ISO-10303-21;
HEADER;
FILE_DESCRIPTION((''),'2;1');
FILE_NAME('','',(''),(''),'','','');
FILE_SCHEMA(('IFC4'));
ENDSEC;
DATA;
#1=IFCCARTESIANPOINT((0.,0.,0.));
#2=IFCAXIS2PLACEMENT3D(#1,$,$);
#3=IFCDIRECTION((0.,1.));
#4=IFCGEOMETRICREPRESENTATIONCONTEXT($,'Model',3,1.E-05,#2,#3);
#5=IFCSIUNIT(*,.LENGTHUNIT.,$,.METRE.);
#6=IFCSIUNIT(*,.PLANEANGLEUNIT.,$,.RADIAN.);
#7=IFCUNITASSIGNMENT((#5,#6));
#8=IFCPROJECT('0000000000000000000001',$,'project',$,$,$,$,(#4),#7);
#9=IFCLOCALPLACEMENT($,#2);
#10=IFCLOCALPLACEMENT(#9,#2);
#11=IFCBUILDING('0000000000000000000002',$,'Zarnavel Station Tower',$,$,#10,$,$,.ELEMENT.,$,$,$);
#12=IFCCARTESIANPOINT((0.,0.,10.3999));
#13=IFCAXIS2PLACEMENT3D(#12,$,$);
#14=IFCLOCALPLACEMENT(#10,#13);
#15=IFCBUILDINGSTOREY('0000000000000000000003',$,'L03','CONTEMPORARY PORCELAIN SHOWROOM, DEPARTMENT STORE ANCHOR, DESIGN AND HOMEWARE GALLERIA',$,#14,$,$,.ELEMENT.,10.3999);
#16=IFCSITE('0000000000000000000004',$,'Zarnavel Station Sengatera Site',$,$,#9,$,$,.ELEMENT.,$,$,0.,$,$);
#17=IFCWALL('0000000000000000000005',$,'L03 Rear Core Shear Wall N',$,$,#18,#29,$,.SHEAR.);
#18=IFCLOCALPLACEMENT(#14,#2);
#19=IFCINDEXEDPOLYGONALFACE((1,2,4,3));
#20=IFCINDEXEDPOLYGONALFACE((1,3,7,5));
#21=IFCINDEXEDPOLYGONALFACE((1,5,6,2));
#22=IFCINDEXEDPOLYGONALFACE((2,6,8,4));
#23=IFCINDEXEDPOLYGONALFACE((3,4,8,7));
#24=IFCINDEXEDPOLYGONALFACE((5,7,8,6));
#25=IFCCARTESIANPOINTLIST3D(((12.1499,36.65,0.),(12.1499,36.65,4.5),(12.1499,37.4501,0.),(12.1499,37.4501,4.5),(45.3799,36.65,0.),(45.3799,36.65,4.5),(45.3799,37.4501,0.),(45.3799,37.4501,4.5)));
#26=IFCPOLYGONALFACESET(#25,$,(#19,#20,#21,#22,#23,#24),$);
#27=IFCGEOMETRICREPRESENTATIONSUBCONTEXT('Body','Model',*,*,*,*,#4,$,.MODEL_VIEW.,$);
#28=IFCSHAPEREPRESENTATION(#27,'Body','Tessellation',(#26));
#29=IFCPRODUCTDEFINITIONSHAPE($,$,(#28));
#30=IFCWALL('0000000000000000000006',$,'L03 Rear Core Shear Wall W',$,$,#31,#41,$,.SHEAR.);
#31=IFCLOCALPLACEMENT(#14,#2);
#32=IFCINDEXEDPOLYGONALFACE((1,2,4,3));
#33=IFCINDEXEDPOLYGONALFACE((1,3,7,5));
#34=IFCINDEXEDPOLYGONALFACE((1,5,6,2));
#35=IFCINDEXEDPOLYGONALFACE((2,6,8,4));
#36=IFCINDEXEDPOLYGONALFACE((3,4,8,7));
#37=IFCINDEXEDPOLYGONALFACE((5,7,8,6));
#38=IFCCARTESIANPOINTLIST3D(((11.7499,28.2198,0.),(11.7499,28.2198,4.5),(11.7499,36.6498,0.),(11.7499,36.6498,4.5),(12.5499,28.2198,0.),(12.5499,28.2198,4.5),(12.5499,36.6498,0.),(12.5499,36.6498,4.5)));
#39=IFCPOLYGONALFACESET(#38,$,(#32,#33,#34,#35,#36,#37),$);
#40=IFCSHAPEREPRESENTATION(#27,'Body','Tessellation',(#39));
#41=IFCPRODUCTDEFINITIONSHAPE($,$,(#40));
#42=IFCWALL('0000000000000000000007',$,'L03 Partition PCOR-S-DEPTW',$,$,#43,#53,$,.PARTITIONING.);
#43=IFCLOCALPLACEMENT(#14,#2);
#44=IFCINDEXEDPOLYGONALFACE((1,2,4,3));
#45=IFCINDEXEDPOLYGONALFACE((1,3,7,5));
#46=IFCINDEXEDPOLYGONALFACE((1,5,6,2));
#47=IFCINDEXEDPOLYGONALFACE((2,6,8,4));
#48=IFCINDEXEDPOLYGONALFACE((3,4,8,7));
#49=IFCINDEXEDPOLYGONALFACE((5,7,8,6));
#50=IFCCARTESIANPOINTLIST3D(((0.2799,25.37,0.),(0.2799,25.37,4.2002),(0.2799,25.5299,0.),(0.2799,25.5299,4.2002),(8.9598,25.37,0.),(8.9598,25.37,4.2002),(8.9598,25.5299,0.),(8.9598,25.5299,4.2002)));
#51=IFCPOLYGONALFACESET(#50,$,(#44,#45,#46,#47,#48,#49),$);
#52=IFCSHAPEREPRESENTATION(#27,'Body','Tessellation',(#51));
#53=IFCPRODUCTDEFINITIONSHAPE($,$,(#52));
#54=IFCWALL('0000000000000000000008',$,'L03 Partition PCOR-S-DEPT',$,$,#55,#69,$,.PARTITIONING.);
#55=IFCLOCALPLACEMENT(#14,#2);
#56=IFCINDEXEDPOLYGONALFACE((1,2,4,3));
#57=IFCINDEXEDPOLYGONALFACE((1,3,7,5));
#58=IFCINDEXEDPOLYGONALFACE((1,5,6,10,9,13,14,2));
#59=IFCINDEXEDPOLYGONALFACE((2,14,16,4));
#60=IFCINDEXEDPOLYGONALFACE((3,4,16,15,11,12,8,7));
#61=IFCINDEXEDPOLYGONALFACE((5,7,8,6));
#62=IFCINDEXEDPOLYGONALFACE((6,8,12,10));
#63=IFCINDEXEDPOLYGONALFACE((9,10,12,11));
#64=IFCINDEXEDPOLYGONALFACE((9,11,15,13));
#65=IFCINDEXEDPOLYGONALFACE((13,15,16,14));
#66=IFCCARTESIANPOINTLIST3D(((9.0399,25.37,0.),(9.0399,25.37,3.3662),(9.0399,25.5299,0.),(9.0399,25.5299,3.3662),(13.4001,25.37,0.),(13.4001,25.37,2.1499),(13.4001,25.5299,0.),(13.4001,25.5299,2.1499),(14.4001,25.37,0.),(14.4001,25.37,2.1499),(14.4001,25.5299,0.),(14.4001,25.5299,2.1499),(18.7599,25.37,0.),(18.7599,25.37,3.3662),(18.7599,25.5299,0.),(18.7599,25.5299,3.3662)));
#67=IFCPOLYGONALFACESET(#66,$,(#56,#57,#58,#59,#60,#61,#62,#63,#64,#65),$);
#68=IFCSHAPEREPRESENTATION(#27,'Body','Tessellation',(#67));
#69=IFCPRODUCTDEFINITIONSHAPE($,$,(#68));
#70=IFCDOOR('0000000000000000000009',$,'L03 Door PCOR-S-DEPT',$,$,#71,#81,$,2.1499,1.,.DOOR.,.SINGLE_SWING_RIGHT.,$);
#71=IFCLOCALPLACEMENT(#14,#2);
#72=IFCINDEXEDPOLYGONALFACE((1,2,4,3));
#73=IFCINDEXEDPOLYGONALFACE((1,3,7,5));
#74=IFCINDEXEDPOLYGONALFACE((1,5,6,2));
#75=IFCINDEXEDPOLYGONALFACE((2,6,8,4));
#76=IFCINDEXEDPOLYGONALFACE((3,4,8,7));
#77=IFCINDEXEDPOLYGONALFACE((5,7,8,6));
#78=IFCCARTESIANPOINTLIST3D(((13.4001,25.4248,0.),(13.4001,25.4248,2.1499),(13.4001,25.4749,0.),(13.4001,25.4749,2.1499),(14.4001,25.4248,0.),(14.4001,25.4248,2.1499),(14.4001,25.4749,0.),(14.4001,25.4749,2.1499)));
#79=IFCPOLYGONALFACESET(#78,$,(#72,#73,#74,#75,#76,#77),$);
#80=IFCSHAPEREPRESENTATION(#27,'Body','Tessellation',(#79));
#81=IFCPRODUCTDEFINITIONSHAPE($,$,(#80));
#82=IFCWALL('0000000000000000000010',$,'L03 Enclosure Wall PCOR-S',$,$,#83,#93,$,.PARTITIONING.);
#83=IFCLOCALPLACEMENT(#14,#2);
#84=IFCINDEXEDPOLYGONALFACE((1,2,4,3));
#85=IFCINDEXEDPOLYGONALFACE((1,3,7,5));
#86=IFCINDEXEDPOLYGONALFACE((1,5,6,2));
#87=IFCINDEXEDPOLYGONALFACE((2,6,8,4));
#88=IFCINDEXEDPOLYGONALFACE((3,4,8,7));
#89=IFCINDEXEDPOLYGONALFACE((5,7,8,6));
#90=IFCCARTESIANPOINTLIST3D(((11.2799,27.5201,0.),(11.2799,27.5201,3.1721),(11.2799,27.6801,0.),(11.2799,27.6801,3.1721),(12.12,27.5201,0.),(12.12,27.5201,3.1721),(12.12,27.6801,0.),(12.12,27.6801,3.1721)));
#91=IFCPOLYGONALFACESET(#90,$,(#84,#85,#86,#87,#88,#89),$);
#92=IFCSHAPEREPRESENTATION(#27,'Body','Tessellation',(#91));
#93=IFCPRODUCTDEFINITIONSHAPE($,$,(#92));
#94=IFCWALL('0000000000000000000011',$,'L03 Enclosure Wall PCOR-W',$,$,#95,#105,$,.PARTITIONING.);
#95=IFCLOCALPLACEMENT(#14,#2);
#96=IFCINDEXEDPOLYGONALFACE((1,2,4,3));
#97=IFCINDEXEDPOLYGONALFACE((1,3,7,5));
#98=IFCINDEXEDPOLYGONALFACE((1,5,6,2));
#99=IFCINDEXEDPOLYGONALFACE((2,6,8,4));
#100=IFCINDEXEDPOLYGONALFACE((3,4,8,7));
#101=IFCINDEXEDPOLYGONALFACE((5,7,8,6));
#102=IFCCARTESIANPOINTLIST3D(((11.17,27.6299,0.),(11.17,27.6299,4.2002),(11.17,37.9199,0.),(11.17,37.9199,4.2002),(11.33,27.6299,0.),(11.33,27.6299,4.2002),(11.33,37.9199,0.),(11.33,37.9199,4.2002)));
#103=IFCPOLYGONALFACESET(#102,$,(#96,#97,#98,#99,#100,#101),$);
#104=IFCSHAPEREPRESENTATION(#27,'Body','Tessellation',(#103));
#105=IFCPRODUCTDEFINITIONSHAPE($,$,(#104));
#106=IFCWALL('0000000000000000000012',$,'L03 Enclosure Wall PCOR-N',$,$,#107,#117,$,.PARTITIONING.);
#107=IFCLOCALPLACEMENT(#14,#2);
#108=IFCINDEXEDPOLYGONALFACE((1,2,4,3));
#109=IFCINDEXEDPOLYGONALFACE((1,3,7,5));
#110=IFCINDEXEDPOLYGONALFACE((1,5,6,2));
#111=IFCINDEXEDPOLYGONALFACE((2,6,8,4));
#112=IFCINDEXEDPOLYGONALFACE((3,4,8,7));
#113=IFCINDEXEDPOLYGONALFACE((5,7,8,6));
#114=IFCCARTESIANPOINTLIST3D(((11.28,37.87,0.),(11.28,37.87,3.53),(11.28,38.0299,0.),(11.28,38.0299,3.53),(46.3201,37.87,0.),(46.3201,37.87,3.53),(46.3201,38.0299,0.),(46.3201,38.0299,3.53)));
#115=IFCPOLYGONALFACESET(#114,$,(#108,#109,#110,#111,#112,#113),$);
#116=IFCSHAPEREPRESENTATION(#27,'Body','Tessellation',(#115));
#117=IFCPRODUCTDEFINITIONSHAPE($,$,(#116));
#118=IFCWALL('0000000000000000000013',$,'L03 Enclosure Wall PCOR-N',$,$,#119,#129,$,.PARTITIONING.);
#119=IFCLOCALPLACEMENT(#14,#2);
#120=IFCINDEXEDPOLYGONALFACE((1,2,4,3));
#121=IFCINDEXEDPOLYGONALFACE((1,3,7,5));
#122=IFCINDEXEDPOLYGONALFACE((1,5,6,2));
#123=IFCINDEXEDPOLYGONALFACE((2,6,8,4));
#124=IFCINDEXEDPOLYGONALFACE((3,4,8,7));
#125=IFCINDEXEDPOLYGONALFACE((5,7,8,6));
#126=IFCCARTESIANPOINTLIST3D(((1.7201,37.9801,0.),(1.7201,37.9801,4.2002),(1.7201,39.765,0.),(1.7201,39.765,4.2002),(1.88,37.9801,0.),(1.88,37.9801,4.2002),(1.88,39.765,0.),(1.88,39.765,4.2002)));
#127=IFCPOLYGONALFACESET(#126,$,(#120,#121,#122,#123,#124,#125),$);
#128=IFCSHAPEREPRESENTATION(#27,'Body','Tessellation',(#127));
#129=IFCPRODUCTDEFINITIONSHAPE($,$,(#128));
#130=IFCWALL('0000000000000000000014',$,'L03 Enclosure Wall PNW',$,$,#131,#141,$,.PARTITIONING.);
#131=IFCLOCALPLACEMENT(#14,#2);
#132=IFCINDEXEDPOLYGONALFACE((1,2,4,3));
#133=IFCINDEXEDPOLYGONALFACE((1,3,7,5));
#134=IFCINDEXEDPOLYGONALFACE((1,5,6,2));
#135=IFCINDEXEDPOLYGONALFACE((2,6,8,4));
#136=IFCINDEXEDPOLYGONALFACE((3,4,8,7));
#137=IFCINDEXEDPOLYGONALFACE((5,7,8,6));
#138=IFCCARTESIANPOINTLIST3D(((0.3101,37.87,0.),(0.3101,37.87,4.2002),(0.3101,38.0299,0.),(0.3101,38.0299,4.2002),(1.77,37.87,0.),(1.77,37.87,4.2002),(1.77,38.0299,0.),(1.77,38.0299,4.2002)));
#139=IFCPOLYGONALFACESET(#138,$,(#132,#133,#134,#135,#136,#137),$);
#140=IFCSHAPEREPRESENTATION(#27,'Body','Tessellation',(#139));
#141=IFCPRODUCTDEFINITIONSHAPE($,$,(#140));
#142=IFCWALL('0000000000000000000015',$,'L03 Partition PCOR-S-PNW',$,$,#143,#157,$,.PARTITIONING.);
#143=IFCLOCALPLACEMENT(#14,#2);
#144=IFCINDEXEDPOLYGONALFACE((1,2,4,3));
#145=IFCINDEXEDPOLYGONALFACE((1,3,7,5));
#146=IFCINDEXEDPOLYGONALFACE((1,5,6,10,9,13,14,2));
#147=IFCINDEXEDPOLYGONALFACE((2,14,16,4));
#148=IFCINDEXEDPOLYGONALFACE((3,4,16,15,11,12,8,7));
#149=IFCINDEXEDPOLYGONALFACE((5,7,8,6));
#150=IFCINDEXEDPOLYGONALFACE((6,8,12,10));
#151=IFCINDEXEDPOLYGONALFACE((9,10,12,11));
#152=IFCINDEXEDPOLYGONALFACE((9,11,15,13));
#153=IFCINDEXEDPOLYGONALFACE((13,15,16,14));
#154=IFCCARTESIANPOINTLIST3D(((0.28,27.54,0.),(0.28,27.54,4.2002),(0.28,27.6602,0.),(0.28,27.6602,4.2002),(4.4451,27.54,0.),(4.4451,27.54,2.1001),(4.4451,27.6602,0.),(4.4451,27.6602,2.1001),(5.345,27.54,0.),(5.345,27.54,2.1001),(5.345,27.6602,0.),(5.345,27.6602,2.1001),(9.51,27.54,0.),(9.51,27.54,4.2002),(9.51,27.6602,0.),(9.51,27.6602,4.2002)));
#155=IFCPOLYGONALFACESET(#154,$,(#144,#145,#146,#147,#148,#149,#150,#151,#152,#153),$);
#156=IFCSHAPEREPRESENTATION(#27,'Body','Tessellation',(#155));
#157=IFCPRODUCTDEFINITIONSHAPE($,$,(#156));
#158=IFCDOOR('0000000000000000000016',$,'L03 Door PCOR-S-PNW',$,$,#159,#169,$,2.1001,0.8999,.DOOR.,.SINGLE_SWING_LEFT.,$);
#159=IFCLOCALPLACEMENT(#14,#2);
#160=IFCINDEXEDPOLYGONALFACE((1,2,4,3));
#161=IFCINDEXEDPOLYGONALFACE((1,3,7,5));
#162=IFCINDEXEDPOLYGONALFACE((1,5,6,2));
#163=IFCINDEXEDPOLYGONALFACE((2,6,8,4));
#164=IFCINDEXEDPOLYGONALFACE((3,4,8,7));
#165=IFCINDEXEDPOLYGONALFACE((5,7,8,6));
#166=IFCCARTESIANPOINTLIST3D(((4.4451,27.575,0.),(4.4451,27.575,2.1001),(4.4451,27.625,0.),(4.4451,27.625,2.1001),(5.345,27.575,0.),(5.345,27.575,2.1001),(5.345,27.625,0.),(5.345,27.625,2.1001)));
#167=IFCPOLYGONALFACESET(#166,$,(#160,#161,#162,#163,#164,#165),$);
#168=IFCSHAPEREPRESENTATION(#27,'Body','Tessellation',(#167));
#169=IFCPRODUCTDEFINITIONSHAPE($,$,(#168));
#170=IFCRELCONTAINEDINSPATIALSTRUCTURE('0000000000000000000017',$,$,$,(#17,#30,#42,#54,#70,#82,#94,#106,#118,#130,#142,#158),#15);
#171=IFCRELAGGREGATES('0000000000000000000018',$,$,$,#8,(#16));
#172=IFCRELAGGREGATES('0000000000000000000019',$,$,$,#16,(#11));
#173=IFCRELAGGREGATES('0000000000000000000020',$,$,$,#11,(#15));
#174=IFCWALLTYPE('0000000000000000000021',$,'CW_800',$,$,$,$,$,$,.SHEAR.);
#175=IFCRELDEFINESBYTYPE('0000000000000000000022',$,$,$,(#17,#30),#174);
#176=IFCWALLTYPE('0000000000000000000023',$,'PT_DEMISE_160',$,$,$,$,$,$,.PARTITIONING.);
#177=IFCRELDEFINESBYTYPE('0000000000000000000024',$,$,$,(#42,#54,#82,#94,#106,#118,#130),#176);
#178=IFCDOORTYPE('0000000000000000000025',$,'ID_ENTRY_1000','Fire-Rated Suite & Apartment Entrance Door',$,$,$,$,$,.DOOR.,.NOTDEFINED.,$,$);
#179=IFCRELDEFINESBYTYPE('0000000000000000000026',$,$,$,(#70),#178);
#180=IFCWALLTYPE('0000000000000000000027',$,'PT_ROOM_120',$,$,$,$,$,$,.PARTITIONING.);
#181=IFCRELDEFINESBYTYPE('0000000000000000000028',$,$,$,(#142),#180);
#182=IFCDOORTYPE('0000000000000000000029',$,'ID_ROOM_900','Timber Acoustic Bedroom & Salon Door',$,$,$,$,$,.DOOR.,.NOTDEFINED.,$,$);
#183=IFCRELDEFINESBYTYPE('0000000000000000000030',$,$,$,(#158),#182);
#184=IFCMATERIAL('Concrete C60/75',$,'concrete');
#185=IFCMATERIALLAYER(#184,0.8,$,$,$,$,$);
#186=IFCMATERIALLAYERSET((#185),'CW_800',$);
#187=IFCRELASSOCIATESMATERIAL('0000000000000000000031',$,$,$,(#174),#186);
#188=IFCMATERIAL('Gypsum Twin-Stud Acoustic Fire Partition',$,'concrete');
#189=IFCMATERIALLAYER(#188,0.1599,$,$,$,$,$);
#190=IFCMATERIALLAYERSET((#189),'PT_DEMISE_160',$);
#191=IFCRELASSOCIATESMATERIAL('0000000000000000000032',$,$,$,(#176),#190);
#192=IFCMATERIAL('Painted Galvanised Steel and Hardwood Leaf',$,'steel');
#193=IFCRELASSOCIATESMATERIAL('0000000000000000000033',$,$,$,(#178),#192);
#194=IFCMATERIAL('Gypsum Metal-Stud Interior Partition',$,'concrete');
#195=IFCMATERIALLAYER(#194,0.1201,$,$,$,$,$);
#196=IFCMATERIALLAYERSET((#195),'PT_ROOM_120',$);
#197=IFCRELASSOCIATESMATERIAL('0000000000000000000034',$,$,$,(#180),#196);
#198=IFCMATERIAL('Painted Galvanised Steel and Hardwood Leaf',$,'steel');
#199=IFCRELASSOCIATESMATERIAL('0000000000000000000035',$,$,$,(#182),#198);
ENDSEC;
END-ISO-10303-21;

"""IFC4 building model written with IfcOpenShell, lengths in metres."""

from ifc_helpers import new_model, si_unit, direction, frame, frame_2d, origin, place, context, subcontext, project, spatial, rectangle, extrude, material, layer, layer_set, type_object, element, fill, save


model = new_model("IFC4")

# Units and contexts
model_context = context("Model", 3, precision=1e-05, world=origin(), true_north=direction((0.0, 1.0)))
body_context = subcontext(model_context, "Body", "Model", "MODEL_VIEW")
ifc_project = project(units=[si_unit("LENGTHUNIT", "METRE"), si_unit("PLANEANGLEUNIT", "RADIAN")], contexts=[model_context])

# Site, building, storey
site_placement = place(None, origin())
site = spatial("IfcSite", under=ifc_project, at=site_placement, Name="Zarnavel Station Sengatera Site", CompositionType="ELEMENT", RefElevation=0.0)
building_placement = place(site_placement, origin())
building = spatial("IfcBuilding", under=site, at=building_placement, Name="Zarnavel Station Tower", CompositionType="ELEMENT")
storey_placement = place(building_placement, frame((0.0, 0.0, 10.3999)))
storey = spatial("IfcBuildingStorey", under=building, at=storey_placement, Name="L03", Description="CONTEMPORARY PORCELAIN SHOWROOM, DEPARTMENT STORE ANCHOR, DESIGN AND HOMEWARE GALLERIA", CompositionType="ELEMENT", Elevation=10.3999)

# Walls
ifc_material_1 = material(Name="Concrete C60/75", Category="concrete")
ifc_layer_1 = layer(ifc_material_1, 0.8)
ifc_layer_set_1 = layer_set([ifc_layer_1], Name="CW_800")
wall_type_1 = type_object("IfcWallType", Name="CW_800", PredefinedType="SHEAR", material=ifc_layer_set_1)
wall_1_placement = place(storey_placement, frame((12.1499, 37.05, 0.0), z_axis=(0.0, 0.0, 1.0), x_axis=(1.0, 0.0, 0.0)))
element("IfcWall", 1, at=wall_1_placement, inside=storey, type_object=wall_type_1, Name="L03 Rear Core Shear Wall N", PredefinedType="SHEAR", context=body_context, shape_type="SweptSolid", body=[
    extrude(rectangle(XDim=33.23, YDim=0.8, at=frame_2d((16.615, 0.0))), origin(), (0.0, 0.0, 1.0), 4.5),
])
wall_2_placement = place(storey_placement, frame((12.1499, 28.22, 0.0), z_axis=(0.0, 0.0, 1.0), x_axis=(0.0, 1.0, 0.0)))
element("IfcWall", 2, at=wall_2_placement, inside=storey, type_object=wall_type_1, Name="L03 Rear Core Shear Wall W", PredefinedType="SHEAR", context=body_context, shape_type="SweptSolid", body=[
    extrude(rectangle(XDim=8.4299, YDim=0.8, at=frame_2d((4.2148, 0.0))), origin(), (0.0, 0.0, 1.0), 4.5),
])
ifc_material_2 = material(Name="Gypsum Twin-Stud Acoustic Fire Partition", Category="concrete")
ifc_layer_2 = layer(ifc_material_2, 0.1599)
ifc_layer_set_2 = layer_set([ifc_layer_2], Name="PT_DEMISE_160")
wall_type_2 = type_object("IfcWallType", Name="PT_DEMISE_160", PredefinedType="PARTITIONING", material=ifc_layer_set_2)
wall_3_placement = place(storey_placement, frame((0.28, 25.45, 0.0), z_axis=(0.0, 0.0, 1.0), x_axis=(1.0, 0.0, 0.0)))
element("IfcWall", 3, at=wall_3_placement, inside=storey, type_object=wall_type_2, Name="L03 Partition PCOR-S-DEPTW", PredefinedType="PARTITIONING", context=body_context, shape_type="SweptSolid", body=[
    extrude(rectangle(XDim=8.6799, YDim=0.1599, at=frame_2d((4.3398, 0.0))), origin(), (0.0, 0.0, 1.0), 4.2002),
])

# Wall, opening, door
wall_4_placement = place(storey_placement, frame((9.04, 25.45, 0.0), z_axis=(0.0, 0.0, 1.0), x_axis=(1.0, 0.0, 0.0)))
wall_4 = element("IfcWall", 4, at=wall_4_placement, inside=storey, type_object=wall_type_2, Name="L03 Partition PCOR-S-DEPT", PredefinedType="PARTITIONING", context=body_context, shape_type="SweptSolid", body=[
    extrude(rectangle(XDim=9.72, YDim=0.1599, at=frame_2d((4.8599, 0.0))), origin(), (0.0, 0.0, 1.0), 3.3662),
])
opening_1_placement = place(wall_4_placement, frame((4.3601, 0.0, 0.0)))
opening_1 = element("IfcOpeningElement", 5, at=opening_1_placement, cuts=wall_4, PredefinedType="OPENING", context=body_context, shape_type="SweptSolid", body=[
    extrude(rectangle(XDim=1.0, YDim=2.1499, at=frame_2d((0.5, 1.075))), frame((0.0, 0.0898, 0.0), z_axis=(0.0, -1.0, 0.0), x_axis=(1.0, 0.0, 0.0)), (0.0, 0.0, 1.0), 0.1799),
])
ifc_material_3 = material(Name="Painted Galvanised Steel and Hardwood Leaf", Category="steel")
door_type_1 = type_object("IfcDoorType", Name="ID_ENTRY_1000", Description="Fire-Rated Suite & Apartment Entrance Door", OperationType="NOTDEFINED", PredefinedType="DOOR", material=ifc_material_3)
door_1_placement = place(opening_1_placement, origin())
door_1 = element("IfcDoor", 6, at=door_1_placement, inside=storey, type_object=door_type_1, Name="L03 Door PCOR-S-DEPT", OperationType="SINGLE_SWING_RIGHT", OverallHeight=2.1499, OverallWidth=1.0, PredefinedType="DOOR", context=body_context, shape_type="SweptSolid", body=[
    extrude(rectangle(XDim=1.0, YDim=2.1499, at=frame_2d((0.5, 1.075))), frame((0.0, 0.0249, 0.0), z_axis=(0.0, -1.0, 0.0), x_axis=(1.0, 0.0, 0.0)), (0.0, 0.0, 1.0), 0.05),
])
fill(opening_1, door_1)

# Walls
wall_5_placement = place(storey_placement, frame((11.28, 27.6001, 0.0), z_axis=(0.0, 0.0, 1.0), x_axis=(1.0, 0.0, 0.0)))
element("IfcWall", 7, at=wall_5_placement, inside=storey, type_object=wall_type_2, Name="L03 Enclosure Wall PCOR-S", PredefinedType="PARTITIONING", context=body_context, shape_type="SweptSolid", body=[
    extrude(rectangle(XDim=0.8401, YDim=0.1599, at=frame_2d((0.4199, 0.0))), origin(), (0.0, 0.0, 1.0), 3.1721),
])
wall_6_placement = place(storey_placement, frame((11.25, 27.6299, 0.0), z_axis=(0.0, 0.0, 1.0), x_axis=(0.0, 1.0, 0.0)))
element("IfcWall", 8, at=wall_6_placement, inside=storey, type_object=wall_type_2, Name="L03 Enclosure Wall PCOR-W", PredefinedType="PARTITIONING", context=body_context, shape_type="SweptSolid", body=[
    extrude(rectangle(XDim=10.29, YDim=0.1599, at=frame_2d((5.145, 0.0))), origin(), (0.0, 0.0, 1.0), 4.2002),
])
wall_7_placement = place(storey_placement, frame((11.28, 37.95, 0.0), z_axis=(0.0, 0.0, 1.0), x_axis=(1.0, 0.0, 0.0)))
element("IfcWall", 9, at=wall_7_placement, inside=storey, type_object=wall_type_2, Name="L03 Enclosure Wall PCOR-N", PredefinedType="PARTITIONING", context=body_context, shape_type="SweptSolid", body=[
    extrude(rectangle(XDim=35.04, YDim=0.1599, at=frame_2d((17.52, 0.0))), origin(), (0.0, 0.0, 1.0), 3.53),
])
wall_8_placement = place(storey_placement, frame((1.8, 37.98, 0.0), z_axis=(0.0, 0.0, 1.0), x_axis=(0.0, 1.0, 0.0)))
element("IfcWall", 10, at=wall_8_placement, inside=storey, type_object=wall_type_2, Name="L03 Enclosure Wall PCOR-N", PredefinedType="PARTITIONING", context=body_context, shape_type="SweptSolid", body=[
    extrude(rectangle(XDim=1.7849, YDim=0.1599, at=frame_2d((0.8926, 0.0))), origin(), (0.0, 0.0, 1.0), 4.2002),
])
wall_9_placement = place(storey_placement, frame((0.3101, 37.95, 0.0), z_axis=(0.0, 0.0, 1.0), x_axis=(1.0, 0.0, 0.0)))
element("IfcWall", 11, at=wall_9_placement, inside=storey, type_object=wall_type_2, Name="L03 Enclosure Wall PNW", PredefinedType="PARTITIONING", context=body_context, shape_type="SweptSolid", body=[
    extrude(rectangle(XDim=1.46, YDim=0.1599, at=frame_2d((0.73, 0.0))), origin(), (0.0, 0.0, 1.0), 4.2002),
])

# Wall, opening, door
ifc_material_4 = material(Name="Gypsum Metal-Stud Interior Partition", Category="concrete")
ifc_layer_3 = layer(ifc_material_4, 0.1201)
ifc_layer_set_3 = layer_set([ifc_layer_3], Name="PT_ROOM_120")
wall_type_3 = type_object("IfcWallType", Name="PT_ROOM_120", PredefinedType="PARTITIONING", material=ifc_layer_set_3)
wall_10_placement = place(storey_placement, frame((0.28, 27.6001, 0.0), z_axis=(0.0, 0.0, 1.0), x_axis=(1.0, 0.0, 0.0)))
wall_10 = element("IfcWall", 12, at=wall_10_placement, inside=storey, type_object=wall_type_3, Name="L03 Partition PCOR-S-PNW", PredefinedType="PARTITIONING", context=body_context, shape_type="SweptSolid", body=[
    extrude(rectangle(XDim=9.23, YDim=0.1201, at=frame_2d((4.615, 0.0))), origin(), (0.0, 0.0, 1.0), 4.2002),
])
opening_2_placement = place(wall_10_placement, frame((4.165, 0.0, 0.0)))
opening_2 = element("IfcOpeningElement", 13, at=opening_2_placement, cuts=wall_10, PredefinedType="OPENING", context=body_context, shape_type="SweptSolid", body=[
    extrude(rectangle(XDim=0.8999, YDim=2.1001, at=frame_2d((0.45, 1.05))), frame((0.0, 0.0701, 0.0), z_axis=(0.0, -1.0, 0.0), x_axis=(1.0, 0.0, 0.0)), (0.0, 0.0, 1.0), 0.1401),
])
ifc_material_5 = material(Name="Painted Galvanised Steel and Hardwood Leaf", Category="steel")
door_type_2 = type_object("IfcDoorType", Name="ID_ROOM_900", Description="Timber Acoustic Bedroom & Salon Door", OperationType="NOTDEFINED", PredefinedType="DOOR", material=ifc_material_5)
door_2_placement = place(opening_2_placement, origin())
door_2 = element("IfcDoor", 14, at=door_2_placement, inside=storey, type_object=door_type_2, Name="L03 Door PCOR-S-PNW", OperationType="SINGLE_SWING_LEFT", OverallHeight=2.1001, OverallWidth=0.8999, PredefinedType="DOOR", context=body_context, shape_type="SweptSolid", body=[
    extrude(rectangle(XDim=0.8999, YDim=2.1001, at=frame_2d((0.45, 1.05))), frame((0.0, 0.0249, 0.0), z_axis=(0.0, -1.0, 0.0), x_axis=(1.0, 0.0, 0.0)), (0.0, 0.0, 1.0), 0.05),
])
fill(opening_2, door_2)

save(model, "model.ifc")
